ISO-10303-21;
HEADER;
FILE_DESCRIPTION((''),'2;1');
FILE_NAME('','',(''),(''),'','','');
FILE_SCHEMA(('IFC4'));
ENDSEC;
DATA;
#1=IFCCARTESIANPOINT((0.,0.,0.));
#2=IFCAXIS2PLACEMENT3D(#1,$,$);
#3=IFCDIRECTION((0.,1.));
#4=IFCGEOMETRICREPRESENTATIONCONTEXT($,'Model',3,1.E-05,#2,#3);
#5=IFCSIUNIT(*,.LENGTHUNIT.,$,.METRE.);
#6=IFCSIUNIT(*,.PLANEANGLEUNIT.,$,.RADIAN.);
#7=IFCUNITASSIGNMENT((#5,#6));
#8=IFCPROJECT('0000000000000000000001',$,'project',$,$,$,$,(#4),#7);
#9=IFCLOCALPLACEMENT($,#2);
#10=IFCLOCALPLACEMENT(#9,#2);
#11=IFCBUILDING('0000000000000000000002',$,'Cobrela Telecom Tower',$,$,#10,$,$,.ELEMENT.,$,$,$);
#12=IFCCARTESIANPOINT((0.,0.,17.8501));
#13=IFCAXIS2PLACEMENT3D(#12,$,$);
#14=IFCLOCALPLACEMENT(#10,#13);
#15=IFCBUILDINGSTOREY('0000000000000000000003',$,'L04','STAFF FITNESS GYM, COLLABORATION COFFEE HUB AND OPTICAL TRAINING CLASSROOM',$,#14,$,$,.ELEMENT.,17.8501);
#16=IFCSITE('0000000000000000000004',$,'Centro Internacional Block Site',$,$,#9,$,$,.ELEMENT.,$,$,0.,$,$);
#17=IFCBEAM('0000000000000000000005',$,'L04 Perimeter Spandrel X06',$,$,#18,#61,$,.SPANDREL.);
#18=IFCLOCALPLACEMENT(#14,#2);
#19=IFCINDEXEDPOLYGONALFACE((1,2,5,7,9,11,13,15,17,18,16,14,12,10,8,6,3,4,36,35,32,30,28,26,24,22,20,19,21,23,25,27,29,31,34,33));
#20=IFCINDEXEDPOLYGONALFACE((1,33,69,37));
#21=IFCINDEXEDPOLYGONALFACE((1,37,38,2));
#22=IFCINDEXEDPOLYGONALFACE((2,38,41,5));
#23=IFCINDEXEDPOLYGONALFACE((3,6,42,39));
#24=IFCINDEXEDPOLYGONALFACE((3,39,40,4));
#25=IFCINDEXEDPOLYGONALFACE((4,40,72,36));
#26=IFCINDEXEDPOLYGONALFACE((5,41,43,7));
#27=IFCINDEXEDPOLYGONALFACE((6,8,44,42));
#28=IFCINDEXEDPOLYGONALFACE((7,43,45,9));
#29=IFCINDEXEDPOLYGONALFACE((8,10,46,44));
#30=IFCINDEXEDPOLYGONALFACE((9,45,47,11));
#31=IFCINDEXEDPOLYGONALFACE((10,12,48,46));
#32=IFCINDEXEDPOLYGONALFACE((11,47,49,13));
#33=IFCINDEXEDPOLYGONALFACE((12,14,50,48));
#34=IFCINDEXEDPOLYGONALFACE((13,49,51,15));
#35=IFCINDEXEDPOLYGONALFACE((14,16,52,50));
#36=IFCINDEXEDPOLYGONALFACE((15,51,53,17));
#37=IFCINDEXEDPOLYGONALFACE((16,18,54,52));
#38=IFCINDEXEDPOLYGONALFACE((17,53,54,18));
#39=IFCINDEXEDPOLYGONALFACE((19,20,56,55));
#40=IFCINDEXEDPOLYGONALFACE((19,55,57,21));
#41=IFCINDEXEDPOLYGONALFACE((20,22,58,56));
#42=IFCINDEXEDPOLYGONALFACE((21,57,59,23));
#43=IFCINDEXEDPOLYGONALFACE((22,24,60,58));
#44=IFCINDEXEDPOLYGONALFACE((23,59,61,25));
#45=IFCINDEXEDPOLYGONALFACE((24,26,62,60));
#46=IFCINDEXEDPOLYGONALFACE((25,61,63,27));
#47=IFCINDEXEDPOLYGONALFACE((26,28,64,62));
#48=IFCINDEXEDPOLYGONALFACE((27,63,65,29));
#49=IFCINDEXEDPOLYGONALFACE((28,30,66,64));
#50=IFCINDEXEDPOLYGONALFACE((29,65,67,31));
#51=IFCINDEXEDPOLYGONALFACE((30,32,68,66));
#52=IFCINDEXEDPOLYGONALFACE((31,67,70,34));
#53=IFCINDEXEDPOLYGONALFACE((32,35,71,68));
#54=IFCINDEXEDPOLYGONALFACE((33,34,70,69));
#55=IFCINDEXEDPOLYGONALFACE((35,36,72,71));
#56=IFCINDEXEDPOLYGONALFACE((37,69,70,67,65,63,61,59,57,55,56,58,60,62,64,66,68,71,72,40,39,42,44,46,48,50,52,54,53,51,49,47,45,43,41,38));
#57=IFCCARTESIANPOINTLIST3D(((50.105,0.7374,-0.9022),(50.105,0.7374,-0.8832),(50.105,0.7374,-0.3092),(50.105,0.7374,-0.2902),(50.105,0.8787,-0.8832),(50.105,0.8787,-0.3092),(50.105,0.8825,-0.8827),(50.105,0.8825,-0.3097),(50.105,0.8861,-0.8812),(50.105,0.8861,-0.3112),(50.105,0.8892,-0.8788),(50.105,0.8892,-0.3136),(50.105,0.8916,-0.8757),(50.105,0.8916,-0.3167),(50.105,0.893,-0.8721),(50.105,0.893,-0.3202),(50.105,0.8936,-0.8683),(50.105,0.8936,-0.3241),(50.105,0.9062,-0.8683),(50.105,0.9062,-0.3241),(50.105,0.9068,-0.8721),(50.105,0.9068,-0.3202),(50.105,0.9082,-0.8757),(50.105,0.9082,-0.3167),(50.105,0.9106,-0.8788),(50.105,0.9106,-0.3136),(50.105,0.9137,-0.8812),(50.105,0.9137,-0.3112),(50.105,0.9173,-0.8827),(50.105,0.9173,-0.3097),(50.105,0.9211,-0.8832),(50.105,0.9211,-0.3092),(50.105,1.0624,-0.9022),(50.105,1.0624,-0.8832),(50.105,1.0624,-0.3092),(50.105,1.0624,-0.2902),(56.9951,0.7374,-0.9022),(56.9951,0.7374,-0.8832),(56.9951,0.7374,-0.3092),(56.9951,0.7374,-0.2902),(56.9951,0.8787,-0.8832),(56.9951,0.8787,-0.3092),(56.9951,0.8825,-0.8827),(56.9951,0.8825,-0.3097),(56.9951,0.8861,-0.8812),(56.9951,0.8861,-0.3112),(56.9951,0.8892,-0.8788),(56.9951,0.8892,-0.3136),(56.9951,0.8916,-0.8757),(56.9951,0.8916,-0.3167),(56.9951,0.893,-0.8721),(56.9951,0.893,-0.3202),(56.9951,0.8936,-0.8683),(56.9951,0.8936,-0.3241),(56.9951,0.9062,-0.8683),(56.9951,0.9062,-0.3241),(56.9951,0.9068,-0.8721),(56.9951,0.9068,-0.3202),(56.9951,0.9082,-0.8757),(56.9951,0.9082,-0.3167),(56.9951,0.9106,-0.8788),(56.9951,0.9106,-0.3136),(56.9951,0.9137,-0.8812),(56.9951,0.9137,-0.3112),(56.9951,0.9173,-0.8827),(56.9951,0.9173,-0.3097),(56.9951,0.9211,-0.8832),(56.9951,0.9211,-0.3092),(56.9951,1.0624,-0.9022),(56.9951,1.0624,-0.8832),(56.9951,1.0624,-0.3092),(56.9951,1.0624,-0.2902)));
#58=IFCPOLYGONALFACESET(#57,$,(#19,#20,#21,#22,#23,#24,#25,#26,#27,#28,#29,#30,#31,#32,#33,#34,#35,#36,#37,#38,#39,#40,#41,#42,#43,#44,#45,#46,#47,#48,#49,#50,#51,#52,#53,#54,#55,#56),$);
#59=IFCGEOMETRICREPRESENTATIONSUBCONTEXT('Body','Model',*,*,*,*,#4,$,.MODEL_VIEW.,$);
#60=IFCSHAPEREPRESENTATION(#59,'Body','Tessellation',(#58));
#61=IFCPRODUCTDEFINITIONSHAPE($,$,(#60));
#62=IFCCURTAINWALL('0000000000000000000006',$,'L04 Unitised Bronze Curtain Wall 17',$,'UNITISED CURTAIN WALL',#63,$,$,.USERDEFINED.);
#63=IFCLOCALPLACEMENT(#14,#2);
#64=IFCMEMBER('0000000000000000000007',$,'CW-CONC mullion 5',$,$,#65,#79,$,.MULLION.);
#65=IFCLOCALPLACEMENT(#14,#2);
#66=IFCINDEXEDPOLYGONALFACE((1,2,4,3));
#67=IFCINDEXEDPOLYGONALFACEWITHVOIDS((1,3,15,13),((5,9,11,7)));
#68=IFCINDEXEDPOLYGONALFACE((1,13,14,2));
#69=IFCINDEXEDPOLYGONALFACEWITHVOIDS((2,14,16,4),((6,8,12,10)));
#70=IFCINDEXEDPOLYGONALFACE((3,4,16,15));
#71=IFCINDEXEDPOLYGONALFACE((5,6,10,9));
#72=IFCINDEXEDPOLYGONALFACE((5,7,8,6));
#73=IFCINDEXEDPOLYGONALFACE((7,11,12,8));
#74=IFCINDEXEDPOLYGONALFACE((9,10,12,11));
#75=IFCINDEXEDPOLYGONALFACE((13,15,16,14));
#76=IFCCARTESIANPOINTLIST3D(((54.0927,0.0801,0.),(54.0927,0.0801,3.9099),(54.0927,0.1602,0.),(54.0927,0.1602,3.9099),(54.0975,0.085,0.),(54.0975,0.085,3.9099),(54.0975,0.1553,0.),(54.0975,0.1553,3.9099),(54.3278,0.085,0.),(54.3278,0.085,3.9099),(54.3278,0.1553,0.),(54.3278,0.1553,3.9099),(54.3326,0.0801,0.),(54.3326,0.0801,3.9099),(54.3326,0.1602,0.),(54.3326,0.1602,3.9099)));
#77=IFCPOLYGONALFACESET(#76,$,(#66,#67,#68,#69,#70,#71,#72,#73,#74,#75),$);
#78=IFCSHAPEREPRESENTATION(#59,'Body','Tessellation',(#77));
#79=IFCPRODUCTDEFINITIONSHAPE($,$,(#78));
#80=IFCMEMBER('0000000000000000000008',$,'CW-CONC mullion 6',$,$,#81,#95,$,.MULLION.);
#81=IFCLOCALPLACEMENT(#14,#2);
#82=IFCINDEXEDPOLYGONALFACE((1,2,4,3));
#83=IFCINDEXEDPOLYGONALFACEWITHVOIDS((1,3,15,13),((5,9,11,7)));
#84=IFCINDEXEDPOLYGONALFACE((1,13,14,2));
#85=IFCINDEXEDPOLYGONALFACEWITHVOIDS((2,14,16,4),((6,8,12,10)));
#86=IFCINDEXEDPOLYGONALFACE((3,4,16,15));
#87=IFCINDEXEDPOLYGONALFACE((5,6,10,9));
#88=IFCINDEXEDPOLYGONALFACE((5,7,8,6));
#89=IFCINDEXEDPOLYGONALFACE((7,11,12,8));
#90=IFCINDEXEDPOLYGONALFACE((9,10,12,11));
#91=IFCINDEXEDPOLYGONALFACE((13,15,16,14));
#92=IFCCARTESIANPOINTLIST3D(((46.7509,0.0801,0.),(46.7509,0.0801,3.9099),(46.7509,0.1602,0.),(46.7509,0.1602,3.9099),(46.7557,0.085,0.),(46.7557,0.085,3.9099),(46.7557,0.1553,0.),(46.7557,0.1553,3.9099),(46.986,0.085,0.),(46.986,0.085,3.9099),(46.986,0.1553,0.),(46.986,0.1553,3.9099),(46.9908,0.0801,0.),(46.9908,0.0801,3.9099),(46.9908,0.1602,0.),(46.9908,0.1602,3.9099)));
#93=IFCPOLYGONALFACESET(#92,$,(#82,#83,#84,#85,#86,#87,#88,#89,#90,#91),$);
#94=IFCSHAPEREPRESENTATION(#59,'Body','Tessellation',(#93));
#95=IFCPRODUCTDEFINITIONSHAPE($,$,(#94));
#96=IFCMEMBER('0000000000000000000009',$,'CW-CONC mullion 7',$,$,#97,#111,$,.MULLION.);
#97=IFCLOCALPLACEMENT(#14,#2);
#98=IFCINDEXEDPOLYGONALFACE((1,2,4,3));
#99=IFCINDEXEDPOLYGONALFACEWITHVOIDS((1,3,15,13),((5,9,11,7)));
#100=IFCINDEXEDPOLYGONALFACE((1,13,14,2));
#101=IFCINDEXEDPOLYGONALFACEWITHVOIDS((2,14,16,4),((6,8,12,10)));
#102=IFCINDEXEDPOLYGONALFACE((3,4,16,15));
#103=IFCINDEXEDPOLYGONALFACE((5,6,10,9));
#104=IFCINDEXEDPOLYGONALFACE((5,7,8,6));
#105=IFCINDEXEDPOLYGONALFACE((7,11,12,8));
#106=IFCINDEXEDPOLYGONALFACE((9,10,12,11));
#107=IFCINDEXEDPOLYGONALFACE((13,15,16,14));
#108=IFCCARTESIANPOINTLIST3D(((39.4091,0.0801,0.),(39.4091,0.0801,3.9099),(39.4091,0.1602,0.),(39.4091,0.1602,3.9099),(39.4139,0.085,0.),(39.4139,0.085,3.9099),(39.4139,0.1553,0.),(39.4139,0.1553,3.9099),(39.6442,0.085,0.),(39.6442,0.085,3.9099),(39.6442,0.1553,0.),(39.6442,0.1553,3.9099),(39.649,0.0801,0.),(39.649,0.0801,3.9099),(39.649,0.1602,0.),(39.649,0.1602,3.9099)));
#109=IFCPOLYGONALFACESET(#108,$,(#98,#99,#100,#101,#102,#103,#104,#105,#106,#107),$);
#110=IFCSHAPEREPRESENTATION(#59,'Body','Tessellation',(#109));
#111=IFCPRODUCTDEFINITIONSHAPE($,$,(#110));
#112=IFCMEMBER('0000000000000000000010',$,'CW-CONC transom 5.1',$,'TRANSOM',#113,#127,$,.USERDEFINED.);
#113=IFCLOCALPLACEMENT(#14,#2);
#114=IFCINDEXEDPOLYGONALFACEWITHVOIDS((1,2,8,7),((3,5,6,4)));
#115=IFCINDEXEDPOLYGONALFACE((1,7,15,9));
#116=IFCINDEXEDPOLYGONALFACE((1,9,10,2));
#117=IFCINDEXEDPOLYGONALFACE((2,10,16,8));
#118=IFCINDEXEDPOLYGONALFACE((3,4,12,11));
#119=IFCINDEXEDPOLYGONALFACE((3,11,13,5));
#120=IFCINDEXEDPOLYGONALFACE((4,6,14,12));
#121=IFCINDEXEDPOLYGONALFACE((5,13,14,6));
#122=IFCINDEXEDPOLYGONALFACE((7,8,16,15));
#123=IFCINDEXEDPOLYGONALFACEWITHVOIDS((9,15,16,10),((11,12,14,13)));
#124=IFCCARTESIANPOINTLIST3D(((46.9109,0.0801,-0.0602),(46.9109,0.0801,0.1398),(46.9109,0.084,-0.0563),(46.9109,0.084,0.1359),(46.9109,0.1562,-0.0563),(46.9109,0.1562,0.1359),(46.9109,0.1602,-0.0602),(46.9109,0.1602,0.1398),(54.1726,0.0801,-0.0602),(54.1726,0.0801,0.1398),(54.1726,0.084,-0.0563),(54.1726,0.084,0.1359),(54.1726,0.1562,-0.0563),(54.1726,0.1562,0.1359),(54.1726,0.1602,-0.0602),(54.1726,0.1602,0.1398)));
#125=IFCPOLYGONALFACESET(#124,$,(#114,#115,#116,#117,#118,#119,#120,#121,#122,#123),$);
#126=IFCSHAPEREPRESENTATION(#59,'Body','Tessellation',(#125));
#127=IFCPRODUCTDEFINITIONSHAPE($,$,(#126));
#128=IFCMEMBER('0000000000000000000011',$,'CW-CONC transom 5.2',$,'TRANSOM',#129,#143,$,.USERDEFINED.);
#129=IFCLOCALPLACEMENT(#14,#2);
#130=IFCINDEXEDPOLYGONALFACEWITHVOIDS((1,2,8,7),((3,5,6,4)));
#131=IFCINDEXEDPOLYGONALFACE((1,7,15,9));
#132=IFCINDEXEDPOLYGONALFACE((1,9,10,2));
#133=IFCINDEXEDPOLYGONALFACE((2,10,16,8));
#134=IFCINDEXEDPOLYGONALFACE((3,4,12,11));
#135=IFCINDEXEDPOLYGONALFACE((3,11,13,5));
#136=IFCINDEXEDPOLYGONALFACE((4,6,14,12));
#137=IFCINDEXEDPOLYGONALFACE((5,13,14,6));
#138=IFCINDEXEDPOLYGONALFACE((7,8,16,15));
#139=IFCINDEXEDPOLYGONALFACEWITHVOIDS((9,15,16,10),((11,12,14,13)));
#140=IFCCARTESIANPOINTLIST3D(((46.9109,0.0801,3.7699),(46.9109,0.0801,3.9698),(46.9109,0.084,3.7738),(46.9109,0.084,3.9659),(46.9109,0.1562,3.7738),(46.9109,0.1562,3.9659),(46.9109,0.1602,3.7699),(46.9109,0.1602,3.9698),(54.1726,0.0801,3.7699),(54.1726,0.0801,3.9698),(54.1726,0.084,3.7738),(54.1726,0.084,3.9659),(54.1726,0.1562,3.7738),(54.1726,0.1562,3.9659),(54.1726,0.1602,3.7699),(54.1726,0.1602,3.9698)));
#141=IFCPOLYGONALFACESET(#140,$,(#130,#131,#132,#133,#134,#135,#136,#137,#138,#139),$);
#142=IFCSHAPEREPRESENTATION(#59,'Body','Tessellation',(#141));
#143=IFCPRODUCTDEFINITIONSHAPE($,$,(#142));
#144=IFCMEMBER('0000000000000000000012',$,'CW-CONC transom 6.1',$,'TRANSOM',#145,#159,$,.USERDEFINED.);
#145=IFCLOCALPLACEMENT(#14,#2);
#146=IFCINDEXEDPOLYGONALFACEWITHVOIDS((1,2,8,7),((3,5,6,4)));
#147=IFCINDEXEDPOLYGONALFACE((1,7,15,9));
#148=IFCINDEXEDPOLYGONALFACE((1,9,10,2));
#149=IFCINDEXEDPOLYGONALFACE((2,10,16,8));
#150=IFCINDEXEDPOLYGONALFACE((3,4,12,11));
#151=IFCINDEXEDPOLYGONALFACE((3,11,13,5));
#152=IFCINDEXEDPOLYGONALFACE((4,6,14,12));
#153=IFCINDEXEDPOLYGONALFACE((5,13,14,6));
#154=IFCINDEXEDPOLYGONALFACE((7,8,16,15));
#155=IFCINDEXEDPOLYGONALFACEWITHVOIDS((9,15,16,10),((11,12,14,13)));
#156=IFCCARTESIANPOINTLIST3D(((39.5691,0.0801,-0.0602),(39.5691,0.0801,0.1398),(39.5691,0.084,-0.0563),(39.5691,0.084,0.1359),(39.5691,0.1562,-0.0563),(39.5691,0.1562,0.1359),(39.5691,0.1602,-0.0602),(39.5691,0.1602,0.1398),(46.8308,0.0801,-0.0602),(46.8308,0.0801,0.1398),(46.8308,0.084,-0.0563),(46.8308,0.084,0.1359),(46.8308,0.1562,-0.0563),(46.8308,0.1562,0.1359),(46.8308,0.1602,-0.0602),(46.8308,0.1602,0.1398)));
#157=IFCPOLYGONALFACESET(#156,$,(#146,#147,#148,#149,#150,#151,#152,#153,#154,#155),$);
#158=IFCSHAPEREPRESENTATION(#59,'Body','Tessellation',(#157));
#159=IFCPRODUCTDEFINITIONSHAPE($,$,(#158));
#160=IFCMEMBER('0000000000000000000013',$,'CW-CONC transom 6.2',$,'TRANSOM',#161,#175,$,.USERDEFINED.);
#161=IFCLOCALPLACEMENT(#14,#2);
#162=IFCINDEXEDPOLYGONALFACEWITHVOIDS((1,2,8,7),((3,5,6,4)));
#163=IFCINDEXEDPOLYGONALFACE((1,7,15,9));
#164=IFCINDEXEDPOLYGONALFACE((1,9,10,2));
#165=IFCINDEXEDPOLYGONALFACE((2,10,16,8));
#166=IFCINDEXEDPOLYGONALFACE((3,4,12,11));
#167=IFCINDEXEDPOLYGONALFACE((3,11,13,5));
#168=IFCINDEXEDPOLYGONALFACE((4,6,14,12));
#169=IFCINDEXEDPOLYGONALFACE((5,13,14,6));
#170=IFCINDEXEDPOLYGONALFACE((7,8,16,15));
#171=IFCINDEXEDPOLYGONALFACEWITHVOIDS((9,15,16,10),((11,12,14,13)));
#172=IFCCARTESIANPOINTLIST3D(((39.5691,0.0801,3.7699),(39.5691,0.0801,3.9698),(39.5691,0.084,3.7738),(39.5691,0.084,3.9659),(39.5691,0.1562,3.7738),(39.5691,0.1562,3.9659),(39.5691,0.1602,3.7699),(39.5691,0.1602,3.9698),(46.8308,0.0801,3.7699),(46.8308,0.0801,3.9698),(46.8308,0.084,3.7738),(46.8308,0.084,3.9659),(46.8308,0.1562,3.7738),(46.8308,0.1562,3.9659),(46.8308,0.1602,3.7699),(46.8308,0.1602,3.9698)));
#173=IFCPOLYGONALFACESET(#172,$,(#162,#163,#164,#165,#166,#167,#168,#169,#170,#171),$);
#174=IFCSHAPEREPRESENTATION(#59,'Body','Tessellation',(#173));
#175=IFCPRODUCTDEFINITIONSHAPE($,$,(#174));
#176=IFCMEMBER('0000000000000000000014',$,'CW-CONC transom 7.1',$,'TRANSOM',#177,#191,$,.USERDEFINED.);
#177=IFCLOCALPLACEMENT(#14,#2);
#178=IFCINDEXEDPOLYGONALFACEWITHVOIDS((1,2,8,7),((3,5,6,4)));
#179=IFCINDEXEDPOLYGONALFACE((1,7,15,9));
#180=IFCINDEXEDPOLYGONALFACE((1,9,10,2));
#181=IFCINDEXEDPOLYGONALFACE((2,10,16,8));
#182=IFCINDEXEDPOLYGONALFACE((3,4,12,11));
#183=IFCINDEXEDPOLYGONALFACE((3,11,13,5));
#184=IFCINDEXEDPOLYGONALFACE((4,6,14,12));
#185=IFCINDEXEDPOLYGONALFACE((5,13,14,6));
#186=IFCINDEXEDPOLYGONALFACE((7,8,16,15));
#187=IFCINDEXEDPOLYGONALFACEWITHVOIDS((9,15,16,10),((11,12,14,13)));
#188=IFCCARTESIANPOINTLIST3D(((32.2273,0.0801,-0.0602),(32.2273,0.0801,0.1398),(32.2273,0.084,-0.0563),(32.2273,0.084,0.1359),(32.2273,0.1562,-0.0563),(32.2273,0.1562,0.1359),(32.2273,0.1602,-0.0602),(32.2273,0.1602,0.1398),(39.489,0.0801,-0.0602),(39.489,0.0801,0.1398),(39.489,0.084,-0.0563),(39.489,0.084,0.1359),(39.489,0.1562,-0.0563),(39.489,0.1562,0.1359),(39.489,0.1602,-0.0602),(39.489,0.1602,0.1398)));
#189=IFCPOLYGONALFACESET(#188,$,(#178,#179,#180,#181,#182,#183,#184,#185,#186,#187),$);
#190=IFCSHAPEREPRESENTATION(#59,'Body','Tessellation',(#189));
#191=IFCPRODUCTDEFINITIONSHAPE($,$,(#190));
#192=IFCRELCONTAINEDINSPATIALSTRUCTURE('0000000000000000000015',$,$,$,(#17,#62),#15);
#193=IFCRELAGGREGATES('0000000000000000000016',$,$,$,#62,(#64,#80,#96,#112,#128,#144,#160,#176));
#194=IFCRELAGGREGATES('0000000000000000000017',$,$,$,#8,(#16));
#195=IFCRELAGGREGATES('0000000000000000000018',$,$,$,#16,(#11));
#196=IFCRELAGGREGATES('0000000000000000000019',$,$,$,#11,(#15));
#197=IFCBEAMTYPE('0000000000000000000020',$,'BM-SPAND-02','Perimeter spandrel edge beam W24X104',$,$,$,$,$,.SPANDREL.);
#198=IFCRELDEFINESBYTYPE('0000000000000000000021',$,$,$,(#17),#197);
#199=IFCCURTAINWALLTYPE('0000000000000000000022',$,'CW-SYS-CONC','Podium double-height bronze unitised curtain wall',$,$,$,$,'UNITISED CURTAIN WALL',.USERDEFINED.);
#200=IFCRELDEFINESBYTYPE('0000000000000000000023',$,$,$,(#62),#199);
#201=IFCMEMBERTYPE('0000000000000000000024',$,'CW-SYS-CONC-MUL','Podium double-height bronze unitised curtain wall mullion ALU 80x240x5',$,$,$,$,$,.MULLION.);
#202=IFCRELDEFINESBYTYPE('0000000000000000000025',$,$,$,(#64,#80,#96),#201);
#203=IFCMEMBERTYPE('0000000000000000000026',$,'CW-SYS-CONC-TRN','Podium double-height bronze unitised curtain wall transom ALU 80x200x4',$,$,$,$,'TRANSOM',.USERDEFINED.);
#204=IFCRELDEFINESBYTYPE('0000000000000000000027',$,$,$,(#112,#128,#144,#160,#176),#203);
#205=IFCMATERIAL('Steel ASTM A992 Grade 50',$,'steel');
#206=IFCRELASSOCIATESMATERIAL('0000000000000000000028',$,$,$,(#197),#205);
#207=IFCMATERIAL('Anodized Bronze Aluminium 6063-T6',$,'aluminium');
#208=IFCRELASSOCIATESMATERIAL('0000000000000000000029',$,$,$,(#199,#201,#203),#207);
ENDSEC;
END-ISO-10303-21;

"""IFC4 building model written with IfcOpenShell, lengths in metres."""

from ifc_helpers import new_model, si_unit, direction, frame, origin, origin_2d, place, context, subcontext, project, spatial, hollow_rectangle, i_section, extrude, material, material_profile, profile_set, type_object, element, aggregate, save


model = new_model("IFC4")

# Units and contexts
model_context = context("Model", 3, precision=1e-05, world=origin(), true_north=direction((0.0, 1.0)))
body_context = subcontext(model_context, "Body", "Model", "MODEL_VIEW")
ifc_project = project(units=[si_unit("LENGTHUNIT", "METRE"), si_unit("PLANEANGLEUNIT", "RADIAN")], contexts=[model_context])

# Site, building, storey
site_placement = place(None, origin())
site = spatial("IfcSite", under=ifc_project, at=site_placement, Name="Centro Internacional Block Site", CompositionType="ELEMENT", RefElevation=0.0)
building_placement = place(site_placement, origin())
building = spatial("IfcBuilding", under=site, at=building_placement, Name="Cobrela Telecom Tower", CompositionType="ELEMENT")
storey_placement = place(building_placement, frame((0.0, 0.0, 17.8501)))
storey = spatial("IfcBuildingStorey", under=building, at=storey_placement, Name="L04", Description="STAFF FITNESS GYM, COLLABORATION COFFEE HUB AND OPTICAL TRAINING CLASSROOM", CompositionType="ELEMENT", Elevation=17.8501)

# Beam
ifc_material_1 = material(Name="Steel ASTM A992 Grade 50", Category="steel")
ifc_material_profile_1 = material_profile(ifc_material_1, i_section(OverallWidth=0.325, OverallDepth=0.6121, WebThickness=0.0127, FlangeThickness=0.019, FilletRadius=0.0149, at=origin_2d()), Name="W24X104")
ifc_profile_set_1 = profile_set([ifc_material_profile_1], Name="Steel ASTM A992 Grade 50")
beam_type_1 = type_object("IfcBeamType", Name="BM-SPAND-02", Description="Perimeter spandrel edge beam W24X104", PredefinedType="SPANDREL", material=ifc_profile_set_1)
beam_1_placement = place(storey_placement, frame((50.105, 0.8999, -0.5962), z_axis=(1.0, 0.0, 0.0), x_axis=(0.0, 1.0, 0.0)))
element("IfcBeam", 1, at=beam_1_placement, inside=storey, type_object=beam_type_1, Name="L04 Perimeter Spandrel X06", PredefinedType="SPANDREL", context=body_context, shape_type="SweptSolid", body=[
    extrude(i_section(OverallWidth=0.325, OverallDepth=0.6121, WebThickness=0.0127, FlangeThickness=0.019, FilletRadius=0.0149, at=origin_2d()), origin(), (0.0, 0.0, 1.0), 6.8901),
])

# Curtain wall, members
ifc_material_2 = material(Name="Anodized Bronze Aluminium 6063-T6", Category="aluminium")
curtain_wall_type = type_object("IfcCurtainWallType", Name="CW-SYS-CONC", Description="Podium double-height bronze unitised curtain wall", ElementType="UNITISED CURTAIN WALL", PredefinedType="USERDEFINED", material=ifc_material_2)
curtain_wall_placement = place(storey_placement, origin())
curtain_wall = element("IfcCurtainWall", 2, at=curtain_wall_placement, inside=storey, type_object=curtain_wall_type, Name="L04 Unitised Bronze Curtain Wall 17", ObjectType="UNITISED CURTAIN WALL", PredefinedType="USERDEFINED")
ifc_material_profile_2 = material_profile(ifc_material_2, hollow_rectangle(XDim=0.0801, YDim=0.24, WallThickness=0.0049, at=origin_2d()), Name="ALU 80x240x5")
ifc_profile_set_2 = profile_set([ifc_material_profile_2], Name="Anodized Bronze Aluminium 6063-T6")
member_type_1 = type_object("IfcMemberType", Name="CW-SYS-CONC-MUL", Description="Podium double-height bronze unitised curtain wall mullion ALU 80x240x5", PredefinedType="MULLION", material=ifc_profile_set_2)
member_1_placement = place(storey_placement, frame((54.2126, 0.1201, 0.0), z_axis=(0.0, 0.0, 1.0), x_axis=(0.0, -1.0, 0.0)))
member_1 = element("IfcMember", 3, at=member_1_placement, type_object=member_type_1, Name="CW-CONC mullion 5", PredefinedType="MULLION", context=body_context, shape_type="SweptSolid", body=[
    extrude(hollow_rectangle(XDim=0.0801, YDim=0.24, WallThickness=0.0049, at=origin_2d()), origin(), (0.0, 0.0, 1.0), 3.9099),
])
member_2_placement = place(storey_placement, frame((46.8708, 0.1201, 0.0), z_axis=(0.0, 0.0, 1.0), x_axis=(0.0, -1.0, 0.0)))
member_2 = element("IfcMember", 4, at=member_2_placement, type_object=member_type_1, Name="CW-CONC mullion 6", PredefinedType="MULLION", context=body_context, shape_type="SweptSolid", body=[
    extrude(hollow_rectangle(XDim=0.0801, YDim=0.24, WallThickness=0.0049, at=origin_2d()), origin(), (0.0, 0.0, 1.0), 3.9099),
])
member_3_placement = place(storey_placement, frame((39.5291, 0.1201, 0.0), z_axis=(0.0, 0.0, 1.0), x_axis=(0.0, -1.0, 0.0)))
member_3 = element("IfcMember", 5, at=member_3_placement, type_object=member_type_1, Name="CW-CONC mullion 7", PredefinedType="MULLION", context=body_context, shape_type="SweptSolid", body=[
    extrude(hollow_rectangle(XDim=0.0801, YDim=0.24, WallThickness=0.0049, at=origin_2d()), origin(), (0.0, 0.0, 1.0), 3.9099),
])
ifc_material_profile_3 = material_profile(ifc_material_2, hollow_rectangle(XDim=0.0801, YDim=0.2, WallThickness=0.0039, at=origin_2d()), Name="ALU 80x200x4")
ifc_profile_set_3 = profile_set([ifc_material_profile_3], Name="Anodized Bronze Aluminium 6063-T6")
member_type_2 = type_object("IfcMemberType", Name="CW-SYS-CONC-TRN", Description="Podium double-height bronze unitised curtain wall transom ALU 80x200x4", ElementType="TRANSOM", PredefinedType="USERDEFINED", material=ifc_profile_set_3)
member_4_placement = place(storey_placement, frame((54.1726, 0.1201, 0.0398), z_axis=(-1.0, 0.0, 0.0), x_axis=(0.0, -1.0, 0.0)))
member_4 = element("IfcMember", 6, at=member_4_placement, type_object=member_type_2, Name="CW-CONC transom 5.1", ObjectType="TRANSOM", PredefinedType="USERDEFINED", context=body_context, shape_type="SweptSolid", body=[
    extrude(hollow_rectangle(XDim=0.0801, YDim=0.2, WallThickness=0.0039, at=origin_2d()), origin(), (0.0, 0.0, 1.0), 7.2617),
])
member_5_placement = place(storey_placement, frame((54.1726, 0.1201, 3.8699), z_axis=(-1.0, 0.0, 0.0), x_axis=(0.0, -1.0, 0.0)))
member_5 = element("IfcMember", 7, at=member_5_placement, type_object=member_type_2, Name="CW-CONC transom 5.2", ObjectType="TRANSOM", PredefinedType="USERDEFINED", context=body_context, shape_type="SweptSolid", body=[
    extrude(hollow_rectangle(XDim=0.0801, YDim=0.2, WallThickness=0.0039, at=origin_2d()), origin(), (0.0, 0.0, 1.0), 7.2617),
])
member_6_placement = place(storey_placement, frame((46.8308, 0.1201, 0.0398), z_axis=(-1.0, 0.0, 0.0), x_axis=(0.0, -1.0, 0.0)))
member_6 = element("IfcMember", 8, at=member_6_placement, type_object=member_type_2, Name="CW-CONC transom 6.1", ObjectType="TRANSOM", PredefinedType="USERDEFINED", context=body_context, shape_type="SweptSolid", body=[
    extrude(hollow_rectangle(XDim=0.0801, YDim=0.2, WallThickness=0.0039, at=origin_2d()), origin(), (0.0, 0.0, 1.0), 7.2617),
])
member_7_placement = place(storey_placement, frame((46.8308, 0.1201, 3.8699), z_axis=(-1.0, 0.0, 0.0), x_axis=(0.0, -1.0, 0.0)))
member_7 = element("IfcMember", 9, at=member_7_placement, type_object=member_type_2, Name="CW-CONC transom 6.2", ObjectType="TRANSOM", PredefinedType="USERDEFINED", context=body_context, shape_type="SweptSolid", body=[
    extrude(hollow_rectangle(XDim=0.0801, YDim=0.2, WallThickness=0.0039, at=origin_2d()), origin(), (0.0, 0.0, 1.0), 7.2617),
])
member_8_placement = place(storey_placement, frame((39.489, 0.1201, 0.0398), z_axis=(-1.0, 0.0, 0.0), x_axis=(0.0, -1.0, 0.0)))
member_8 = element("IfcMember", 10, at=member_8_placement, type_object=member_type_2, Name="CW-CONC transom 7.1", ObjectType="TRANSOM", PredefinedType="USERDEFINED", context=body_context, shape_type="SweptSolid", body=[
    extrude(hollow_rectangle(XDim=0.0801, YDim=0.2, WallThickness=0.0039, at=origin_2d()), origin(), (0.0, 0.0, 1.0), 7.2617),
])
aggregate(curtain_wall, [member_1, member_2, member_3, member_4, member_5, member_6, member_7, member_8])

save(model, "model.ifc")
